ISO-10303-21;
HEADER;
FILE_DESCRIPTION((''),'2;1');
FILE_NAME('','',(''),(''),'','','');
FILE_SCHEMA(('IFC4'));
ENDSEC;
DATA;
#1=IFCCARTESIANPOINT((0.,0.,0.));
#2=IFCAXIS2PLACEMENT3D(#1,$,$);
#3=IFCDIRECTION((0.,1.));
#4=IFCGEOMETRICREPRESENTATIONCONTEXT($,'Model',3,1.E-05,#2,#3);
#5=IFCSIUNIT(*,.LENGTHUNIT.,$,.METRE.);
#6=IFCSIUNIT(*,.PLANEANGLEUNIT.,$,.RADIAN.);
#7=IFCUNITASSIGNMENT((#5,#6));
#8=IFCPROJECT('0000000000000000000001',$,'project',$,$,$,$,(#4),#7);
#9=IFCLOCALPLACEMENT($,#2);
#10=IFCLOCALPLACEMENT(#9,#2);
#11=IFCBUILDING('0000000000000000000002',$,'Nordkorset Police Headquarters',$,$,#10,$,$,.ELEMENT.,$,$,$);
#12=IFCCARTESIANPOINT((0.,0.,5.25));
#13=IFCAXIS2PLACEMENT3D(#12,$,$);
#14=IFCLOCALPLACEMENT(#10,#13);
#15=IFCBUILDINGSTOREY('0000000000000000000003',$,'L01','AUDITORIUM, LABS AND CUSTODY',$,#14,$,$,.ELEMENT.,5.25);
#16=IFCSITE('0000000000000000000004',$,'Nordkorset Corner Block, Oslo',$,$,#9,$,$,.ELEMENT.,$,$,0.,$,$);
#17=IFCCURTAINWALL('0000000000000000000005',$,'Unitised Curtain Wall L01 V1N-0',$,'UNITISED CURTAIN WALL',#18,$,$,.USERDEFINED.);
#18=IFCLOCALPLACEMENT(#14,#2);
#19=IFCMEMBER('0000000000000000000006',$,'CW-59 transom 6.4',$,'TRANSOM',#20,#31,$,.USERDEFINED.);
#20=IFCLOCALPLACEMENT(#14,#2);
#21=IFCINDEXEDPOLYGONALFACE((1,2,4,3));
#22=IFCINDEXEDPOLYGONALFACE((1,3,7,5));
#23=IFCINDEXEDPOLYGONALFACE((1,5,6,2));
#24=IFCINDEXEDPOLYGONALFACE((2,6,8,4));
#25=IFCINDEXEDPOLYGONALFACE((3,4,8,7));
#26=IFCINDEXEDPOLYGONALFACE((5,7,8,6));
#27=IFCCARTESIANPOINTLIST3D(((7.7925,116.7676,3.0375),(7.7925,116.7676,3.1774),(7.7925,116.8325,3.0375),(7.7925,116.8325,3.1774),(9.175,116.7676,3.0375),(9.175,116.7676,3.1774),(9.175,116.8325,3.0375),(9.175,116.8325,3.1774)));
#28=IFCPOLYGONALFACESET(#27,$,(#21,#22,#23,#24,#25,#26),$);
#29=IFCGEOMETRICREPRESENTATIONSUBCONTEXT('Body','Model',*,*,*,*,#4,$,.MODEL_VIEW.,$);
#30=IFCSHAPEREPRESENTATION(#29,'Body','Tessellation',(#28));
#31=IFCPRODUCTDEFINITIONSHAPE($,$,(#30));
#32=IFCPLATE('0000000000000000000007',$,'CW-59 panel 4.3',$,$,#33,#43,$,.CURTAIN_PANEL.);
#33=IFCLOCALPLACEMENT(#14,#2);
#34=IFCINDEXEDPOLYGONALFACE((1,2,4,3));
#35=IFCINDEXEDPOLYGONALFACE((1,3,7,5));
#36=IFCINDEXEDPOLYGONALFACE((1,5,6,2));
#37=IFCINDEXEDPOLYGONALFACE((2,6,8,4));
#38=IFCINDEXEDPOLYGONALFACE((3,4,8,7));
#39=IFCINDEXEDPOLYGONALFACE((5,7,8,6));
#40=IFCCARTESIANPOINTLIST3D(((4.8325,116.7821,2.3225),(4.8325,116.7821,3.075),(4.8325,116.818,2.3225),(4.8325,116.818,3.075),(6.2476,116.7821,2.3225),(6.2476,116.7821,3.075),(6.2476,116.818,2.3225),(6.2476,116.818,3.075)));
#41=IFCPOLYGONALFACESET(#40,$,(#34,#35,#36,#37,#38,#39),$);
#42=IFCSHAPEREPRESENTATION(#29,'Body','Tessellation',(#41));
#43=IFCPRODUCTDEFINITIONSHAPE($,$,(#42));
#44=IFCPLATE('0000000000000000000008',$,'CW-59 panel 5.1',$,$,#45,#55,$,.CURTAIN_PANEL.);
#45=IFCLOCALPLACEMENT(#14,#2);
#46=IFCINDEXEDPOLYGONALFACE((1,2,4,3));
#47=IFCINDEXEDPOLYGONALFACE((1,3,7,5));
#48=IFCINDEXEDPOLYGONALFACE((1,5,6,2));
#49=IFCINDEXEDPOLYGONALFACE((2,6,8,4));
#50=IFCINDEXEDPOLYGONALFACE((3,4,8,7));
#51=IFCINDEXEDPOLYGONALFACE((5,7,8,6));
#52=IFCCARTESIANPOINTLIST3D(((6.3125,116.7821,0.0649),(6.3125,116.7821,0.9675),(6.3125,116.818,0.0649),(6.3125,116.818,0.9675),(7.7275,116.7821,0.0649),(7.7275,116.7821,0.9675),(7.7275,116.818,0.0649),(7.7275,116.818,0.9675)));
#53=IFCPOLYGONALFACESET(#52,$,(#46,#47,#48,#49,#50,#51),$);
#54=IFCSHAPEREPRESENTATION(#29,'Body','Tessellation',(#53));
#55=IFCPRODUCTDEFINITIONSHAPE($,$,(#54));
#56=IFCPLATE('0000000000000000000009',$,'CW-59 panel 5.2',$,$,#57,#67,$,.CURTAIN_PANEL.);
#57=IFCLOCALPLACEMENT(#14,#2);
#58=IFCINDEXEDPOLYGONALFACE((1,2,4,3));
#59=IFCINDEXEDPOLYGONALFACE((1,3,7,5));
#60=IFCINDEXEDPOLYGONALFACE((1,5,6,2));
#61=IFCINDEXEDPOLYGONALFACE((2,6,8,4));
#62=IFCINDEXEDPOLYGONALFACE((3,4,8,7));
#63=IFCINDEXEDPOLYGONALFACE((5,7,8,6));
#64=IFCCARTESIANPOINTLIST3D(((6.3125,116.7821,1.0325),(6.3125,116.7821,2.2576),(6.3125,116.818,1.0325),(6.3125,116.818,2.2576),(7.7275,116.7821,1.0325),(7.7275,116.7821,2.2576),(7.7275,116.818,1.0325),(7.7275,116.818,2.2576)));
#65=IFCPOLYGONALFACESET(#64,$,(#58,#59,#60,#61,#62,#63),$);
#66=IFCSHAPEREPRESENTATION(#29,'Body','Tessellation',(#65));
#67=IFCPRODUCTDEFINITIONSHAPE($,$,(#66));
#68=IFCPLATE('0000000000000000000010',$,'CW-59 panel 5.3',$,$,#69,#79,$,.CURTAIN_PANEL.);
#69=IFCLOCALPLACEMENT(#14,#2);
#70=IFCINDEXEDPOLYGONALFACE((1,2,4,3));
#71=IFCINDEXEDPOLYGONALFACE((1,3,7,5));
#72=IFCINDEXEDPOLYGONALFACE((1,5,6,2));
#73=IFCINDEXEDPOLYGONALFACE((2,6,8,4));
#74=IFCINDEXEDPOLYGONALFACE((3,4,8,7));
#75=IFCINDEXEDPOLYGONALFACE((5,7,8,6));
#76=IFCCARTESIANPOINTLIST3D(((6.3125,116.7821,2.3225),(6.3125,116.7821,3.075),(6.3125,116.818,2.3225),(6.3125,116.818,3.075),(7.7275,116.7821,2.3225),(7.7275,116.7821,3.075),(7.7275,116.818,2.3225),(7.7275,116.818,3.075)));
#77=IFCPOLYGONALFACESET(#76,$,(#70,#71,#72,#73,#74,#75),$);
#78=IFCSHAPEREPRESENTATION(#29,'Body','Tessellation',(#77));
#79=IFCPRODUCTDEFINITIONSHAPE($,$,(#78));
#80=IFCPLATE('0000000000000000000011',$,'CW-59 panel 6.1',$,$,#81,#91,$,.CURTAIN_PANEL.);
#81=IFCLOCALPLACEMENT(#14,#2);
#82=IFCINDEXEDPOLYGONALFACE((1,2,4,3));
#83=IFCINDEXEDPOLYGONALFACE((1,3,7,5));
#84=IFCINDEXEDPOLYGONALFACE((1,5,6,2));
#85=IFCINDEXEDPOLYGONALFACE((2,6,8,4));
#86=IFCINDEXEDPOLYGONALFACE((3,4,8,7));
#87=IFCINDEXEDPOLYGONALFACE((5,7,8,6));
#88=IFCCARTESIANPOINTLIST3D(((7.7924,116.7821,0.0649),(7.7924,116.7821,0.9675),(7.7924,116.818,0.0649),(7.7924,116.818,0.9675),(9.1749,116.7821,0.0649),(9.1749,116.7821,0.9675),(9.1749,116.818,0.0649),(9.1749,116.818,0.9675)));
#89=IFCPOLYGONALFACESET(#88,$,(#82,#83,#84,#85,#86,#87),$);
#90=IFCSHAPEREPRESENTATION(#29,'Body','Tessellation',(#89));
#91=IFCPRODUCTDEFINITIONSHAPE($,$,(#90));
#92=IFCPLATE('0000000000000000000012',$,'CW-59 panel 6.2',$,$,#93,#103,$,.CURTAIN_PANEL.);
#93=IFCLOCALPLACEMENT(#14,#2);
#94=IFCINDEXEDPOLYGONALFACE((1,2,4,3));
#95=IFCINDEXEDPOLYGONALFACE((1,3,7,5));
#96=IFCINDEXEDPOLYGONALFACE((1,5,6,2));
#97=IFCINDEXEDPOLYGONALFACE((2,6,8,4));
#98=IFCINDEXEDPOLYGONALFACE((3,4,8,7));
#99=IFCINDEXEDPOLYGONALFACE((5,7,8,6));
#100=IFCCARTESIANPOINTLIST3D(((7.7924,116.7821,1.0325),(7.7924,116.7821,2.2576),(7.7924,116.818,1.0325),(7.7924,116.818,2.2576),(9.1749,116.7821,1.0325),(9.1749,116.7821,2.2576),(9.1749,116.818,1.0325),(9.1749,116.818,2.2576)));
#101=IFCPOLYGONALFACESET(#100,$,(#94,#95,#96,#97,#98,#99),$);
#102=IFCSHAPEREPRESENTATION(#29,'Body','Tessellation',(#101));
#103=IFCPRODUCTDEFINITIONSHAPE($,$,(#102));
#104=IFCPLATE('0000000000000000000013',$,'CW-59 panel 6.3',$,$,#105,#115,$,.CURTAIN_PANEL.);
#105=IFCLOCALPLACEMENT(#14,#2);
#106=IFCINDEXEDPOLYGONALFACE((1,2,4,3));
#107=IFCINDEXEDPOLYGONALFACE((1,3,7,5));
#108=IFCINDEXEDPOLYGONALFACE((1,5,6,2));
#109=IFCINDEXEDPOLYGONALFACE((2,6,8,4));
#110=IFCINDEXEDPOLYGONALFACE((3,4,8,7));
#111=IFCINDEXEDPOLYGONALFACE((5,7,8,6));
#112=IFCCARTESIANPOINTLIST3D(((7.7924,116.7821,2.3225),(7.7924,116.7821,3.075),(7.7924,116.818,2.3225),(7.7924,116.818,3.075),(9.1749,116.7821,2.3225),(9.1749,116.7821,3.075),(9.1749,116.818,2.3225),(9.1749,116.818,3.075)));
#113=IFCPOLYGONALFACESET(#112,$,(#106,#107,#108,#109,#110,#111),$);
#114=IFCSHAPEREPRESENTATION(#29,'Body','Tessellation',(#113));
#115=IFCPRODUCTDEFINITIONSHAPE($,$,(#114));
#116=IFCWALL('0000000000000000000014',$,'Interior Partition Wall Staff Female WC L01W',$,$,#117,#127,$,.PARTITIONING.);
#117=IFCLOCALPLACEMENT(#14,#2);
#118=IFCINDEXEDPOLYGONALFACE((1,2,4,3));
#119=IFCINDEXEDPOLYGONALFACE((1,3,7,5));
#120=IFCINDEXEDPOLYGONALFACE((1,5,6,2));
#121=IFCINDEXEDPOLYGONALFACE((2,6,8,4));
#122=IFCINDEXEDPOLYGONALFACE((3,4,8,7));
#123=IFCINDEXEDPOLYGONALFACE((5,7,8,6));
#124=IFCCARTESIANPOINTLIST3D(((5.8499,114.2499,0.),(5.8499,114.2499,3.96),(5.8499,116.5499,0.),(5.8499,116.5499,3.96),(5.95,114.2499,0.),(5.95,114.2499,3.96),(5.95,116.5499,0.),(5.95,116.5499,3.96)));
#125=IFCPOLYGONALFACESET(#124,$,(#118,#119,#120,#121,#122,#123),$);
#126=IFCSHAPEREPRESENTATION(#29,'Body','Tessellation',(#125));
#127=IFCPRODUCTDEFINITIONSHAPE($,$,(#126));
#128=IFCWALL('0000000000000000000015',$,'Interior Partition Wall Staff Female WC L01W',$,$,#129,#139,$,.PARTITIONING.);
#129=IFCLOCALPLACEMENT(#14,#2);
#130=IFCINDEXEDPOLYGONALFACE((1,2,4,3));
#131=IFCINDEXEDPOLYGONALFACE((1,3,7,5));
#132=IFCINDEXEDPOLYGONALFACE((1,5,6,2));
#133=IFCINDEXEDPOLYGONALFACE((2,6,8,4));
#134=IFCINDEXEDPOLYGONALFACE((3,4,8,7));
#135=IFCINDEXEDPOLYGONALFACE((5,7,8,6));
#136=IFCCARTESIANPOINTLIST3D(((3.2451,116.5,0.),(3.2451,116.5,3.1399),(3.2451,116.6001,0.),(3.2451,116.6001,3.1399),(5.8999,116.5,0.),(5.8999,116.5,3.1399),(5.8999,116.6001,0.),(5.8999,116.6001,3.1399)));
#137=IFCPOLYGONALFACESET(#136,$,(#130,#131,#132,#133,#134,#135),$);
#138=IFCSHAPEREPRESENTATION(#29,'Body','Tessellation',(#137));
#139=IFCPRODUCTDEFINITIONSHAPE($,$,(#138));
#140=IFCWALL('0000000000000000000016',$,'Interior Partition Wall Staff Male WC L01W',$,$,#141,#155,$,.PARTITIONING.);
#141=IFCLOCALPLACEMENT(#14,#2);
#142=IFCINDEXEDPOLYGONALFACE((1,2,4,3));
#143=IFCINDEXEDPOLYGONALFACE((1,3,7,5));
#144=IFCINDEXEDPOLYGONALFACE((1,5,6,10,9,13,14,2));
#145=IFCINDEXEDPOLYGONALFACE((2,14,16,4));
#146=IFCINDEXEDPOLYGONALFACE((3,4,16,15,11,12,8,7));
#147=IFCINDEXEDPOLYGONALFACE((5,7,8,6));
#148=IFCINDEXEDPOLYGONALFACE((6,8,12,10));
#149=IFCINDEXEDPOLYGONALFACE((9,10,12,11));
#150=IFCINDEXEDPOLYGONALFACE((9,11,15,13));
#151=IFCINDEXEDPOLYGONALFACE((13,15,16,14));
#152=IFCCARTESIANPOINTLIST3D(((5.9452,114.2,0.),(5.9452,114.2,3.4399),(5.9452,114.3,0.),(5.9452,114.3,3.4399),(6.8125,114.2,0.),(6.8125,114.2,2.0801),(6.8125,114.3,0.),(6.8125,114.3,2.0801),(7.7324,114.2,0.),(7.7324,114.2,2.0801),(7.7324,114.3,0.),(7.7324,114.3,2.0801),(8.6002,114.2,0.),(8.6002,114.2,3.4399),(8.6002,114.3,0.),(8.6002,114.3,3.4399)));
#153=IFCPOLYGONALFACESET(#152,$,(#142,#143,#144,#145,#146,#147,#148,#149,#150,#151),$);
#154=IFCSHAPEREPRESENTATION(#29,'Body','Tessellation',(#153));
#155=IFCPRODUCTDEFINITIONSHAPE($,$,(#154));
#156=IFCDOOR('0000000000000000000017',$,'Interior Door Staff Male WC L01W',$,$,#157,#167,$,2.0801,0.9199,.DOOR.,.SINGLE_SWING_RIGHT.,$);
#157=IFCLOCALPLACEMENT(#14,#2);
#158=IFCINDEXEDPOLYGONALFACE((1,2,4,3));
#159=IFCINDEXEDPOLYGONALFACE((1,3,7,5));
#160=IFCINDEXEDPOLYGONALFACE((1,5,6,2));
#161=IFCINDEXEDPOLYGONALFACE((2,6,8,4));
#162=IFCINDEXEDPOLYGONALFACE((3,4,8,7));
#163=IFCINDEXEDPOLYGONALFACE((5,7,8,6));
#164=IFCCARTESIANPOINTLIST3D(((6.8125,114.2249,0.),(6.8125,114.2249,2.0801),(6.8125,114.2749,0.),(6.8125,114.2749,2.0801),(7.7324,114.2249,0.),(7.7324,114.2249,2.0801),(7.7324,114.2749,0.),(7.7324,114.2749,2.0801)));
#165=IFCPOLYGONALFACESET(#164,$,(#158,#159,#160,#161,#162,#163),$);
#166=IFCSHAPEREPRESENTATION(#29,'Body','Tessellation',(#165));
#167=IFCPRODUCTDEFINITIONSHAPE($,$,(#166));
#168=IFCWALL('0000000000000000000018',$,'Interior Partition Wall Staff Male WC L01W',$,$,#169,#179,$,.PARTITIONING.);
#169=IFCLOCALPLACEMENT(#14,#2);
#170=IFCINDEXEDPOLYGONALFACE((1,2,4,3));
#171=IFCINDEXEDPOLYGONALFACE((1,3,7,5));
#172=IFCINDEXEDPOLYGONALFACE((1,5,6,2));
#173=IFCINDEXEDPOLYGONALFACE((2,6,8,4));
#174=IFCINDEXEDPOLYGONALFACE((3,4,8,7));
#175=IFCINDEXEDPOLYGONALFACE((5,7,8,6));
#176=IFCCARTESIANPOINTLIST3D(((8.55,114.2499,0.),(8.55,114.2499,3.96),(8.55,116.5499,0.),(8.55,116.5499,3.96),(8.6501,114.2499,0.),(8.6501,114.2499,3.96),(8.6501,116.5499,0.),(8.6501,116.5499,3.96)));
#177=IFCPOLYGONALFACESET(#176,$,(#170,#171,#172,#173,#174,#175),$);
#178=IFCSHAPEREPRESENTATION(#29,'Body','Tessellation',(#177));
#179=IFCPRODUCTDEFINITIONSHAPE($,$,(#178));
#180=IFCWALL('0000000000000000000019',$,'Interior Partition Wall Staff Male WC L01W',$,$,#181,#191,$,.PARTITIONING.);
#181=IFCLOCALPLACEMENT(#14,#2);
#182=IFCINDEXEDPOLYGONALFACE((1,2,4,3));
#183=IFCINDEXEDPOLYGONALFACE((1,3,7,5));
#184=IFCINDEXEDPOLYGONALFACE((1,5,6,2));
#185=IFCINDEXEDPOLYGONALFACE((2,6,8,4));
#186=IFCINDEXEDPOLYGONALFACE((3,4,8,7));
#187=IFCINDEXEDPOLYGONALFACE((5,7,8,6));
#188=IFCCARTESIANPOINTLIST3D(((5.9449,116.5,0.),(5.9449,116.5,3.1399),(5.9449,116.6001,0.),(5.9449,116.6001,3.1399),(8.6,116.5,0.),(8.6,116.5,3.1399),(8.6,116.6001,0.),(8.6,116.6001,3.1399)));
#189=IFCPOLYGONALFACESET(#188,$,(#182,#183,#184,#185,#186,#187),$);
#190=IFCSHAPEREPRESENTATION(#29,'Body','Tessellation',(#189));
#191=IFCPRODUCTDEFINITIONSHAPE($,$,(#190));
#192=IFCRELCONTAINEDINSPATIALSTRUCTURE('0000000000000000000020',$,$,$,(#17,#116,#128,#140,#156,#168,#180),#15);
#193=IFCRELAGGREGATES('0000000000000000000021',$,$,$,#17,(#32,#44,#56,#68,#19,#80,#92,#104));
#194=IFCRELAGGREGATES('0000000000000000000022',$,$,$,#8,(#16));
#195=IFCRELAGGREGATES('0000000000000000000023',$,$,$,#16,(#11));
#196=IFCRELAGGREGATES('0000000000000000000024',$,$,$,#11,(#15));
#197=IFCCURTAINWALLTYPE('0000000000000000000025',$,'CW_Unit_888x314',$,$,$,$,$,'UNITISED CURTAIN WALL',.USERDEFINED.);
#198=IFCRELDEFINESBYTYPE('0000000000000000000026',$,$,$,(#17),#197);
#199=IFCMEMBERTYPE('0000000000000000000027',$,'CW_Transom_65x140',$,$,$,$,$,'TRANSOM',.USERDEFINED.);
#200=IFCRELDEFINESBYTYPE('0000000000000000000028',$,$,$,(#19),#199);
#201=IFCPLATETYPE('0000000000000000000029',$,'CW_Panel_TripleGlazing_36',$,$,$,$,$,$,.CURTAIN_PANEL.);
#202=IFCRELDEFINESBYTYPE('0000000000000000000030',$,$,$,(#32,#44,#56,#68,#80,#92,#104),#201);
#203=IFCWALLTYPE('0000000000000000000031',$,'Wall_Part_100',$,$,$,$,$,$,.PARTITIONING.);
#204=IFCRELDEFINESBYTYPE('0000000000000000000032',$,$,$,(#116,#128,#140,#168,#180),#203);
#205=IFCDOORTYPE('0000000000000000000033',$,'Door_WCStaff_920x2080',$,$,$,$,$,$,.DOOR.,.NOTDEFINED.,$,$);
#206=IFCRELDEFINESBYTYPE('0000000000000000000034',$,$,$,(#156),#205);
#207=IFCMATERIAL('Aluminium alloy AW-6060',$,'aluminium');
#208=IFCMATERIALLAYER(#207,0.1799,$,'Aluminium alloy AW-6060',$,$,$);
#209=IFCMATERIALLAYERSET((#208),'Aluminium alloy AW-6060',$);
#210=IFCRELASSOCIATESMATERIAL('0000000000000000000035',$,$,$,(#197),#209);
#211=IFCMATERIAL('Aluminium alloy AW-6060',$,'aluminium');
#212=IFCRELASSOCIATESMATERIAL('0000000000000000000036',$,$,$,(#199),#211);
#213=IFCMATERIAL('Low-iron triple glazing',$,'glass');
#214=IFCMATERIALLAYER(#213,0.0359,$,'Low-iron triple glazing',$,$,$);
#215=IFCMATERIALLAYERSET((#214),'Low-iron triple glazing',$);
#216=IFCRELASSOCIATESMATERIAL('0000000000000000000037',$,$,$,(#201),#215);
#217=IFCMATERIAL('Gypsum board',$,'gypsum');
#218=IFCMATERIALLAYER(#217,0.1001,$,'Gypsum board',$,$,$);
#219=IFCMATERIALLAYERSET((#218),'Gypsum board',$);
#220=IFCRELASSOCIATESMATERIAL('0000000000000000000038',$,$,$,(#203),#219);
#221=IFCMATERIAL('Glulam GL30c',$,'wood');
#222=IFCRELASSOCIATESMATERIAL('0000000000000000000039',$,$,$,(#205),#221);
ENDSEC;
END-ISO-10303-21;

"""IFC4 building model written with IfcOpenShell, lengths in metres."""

from ifc_helpers import new_model, si_unit, direction, frame, frame_2d, origin, origin_2d, place, context, subcontext, project, spatial, rectangle, extrude, material, layer, layer_set, material_profile, profile_set, type_object, element, fill, aggregate, save


model = new_model("IFC4")

# Units and contexts
model_context = context("Model", 3, precision=1e-05, world=origin(), true_north=direction((0.0, 1.0)))
body_context = subcontext(model_context, "Body", "Model", "MODEL_VIEW")
ifc_project = project(units=[si_unit("LENGTHUNIT", "METRE"), si_unit("PLANEANGLEUNIT", "RADIAN")], contexts=[model_context])

# Site, building, storey
site_placement = place(None, origin())
site = spatial("IfcSite", under=ifc_project, at=site_placement, Name="Nordkorset Corner Block, Oslo", CompositionType="ELEMENT", RefElevation=0.0)
building_placement = place(site_placement, origin())
building = spatial("IfcBuilding", under=site, at=building_placement, Name="Nordkorset Police Headquarters", CompositionType="ELEMENT")
storey_placement = place(building_placement, frame((0.0, 0.0, 5.25)))
storey = spatial("IfcBuildingStorey", under=building, at=storey_placement, Name="L01", Description="AUDITORIUM, LABS AND CUSTODY", CompositionType="ELEMENT", Elevation=5.25)

# Curtain wall
ifc_material_1 = material(Name="Aluminium alloy AW-6060", Category="aluminium")
ifc_layer_1 = layer(ifc_material_1, 0.1799, Name="Aluminium alloy AW-6060")
ifc_layer_set_1 = layer_set([ifc_layer_1], Name="Aluminium alloy AW-6060")
curtain_wall_type = type_object("IfcCurtainWallType", Name="CW_Unit_888x314", ElementType="UNITISED CURTAIN WALL", PredefinedType="USERDEFINED", material=ifc_layer_set_1)
curtain_wall_1_placement = place(storey_placement, origin())
curtain_wall_1 = element("IfcCurtainWall", 1, at=curtain_wall_1_placement, inside=storey, type_object=curtain_wall_type, Name="Unitised Curtain Wall L01 V1N-0", ObjectType="UNITISED CURTAIN WALL", PredefinedType="USERDEFINED")

# Member
ifc_material_2 = material(Name="Aluminium alloy AW-6060", Category="aluminium")
ifc_material_profile_1 = material_profile(ifc_material_2, rectangle(XDim=0.0649, YDim=0.1399, at=origin_2d()), Name="ALU TRAN 65x140")
ifc_profile_set_1 = profile_set([ifc_material_profile_1], Name="Aluminium alloy AW-6060")
member_type_1 = type_object("IfcMemberType", Name="CW_Transom_65x140", ElementType="TRANSOM", PredefinedType="USERDEFINED", material=ifc_profile_set_1)
member_1_placement = place(storey_placement, frame((7.7925, 116.8, 3.1074), z_axis=(1.0, 0.0, 0.0), x_axis=(0.0, 1.0, 0.0)))
member_1 = element("IfcMember", 2, at=member_1_placement, type_object=member_type_1, Name="CW-59 transom 6.4", ObjectType="TRANSOM", PredefinedType="USERDEFINED", context=body_context, shape_type="SweptSolid", body=[
    extrude(rectangle(XDim=0.0649, YDim=0.1399, at=origin_2d()), origin(), (0.0, 0.0, 1.0), 1.3826),
])

# Plates
ifc_material_3 = material(Name="Low-iron triple glazing", Category="glass")
ifc_layer_2 = layer(ifc_material_3, 0.0359, Name="Low-iron triple glazing")
ifc_layer_set_2 = layer_set([ifc_layer_2], Name="Low-iron triple glazing")
plate_type = type_object("IfcPlateType", Name="CW_Panel_TripleGlazing_36", PredefinedType="CURTAIN_PANEL", material=ifc_layer_set_2)
plate_1_placement = place(storey_placement, frame((5.54, 116.8, 2.3225), z_axis=(0.0, 0.0, 1.0), x_axis=(1.0, 0.0, 0.0)))
plate_1 = element("IfcPlate", 3, at=plate_1_placement, type_object=plate_type, Name="CW-59 panel 4.3", PredefinedType="CURTAIN_PANEL", context=body_context, shape_type="SweptSolid", body=[
    extrude(rectangle(XDim=1.415, YDim=0.0359, at=origin_2d()), origin(), (0.0, 0.0, 1.0), 0.7524),
])
plate_2_placement = place(storey_placement, frame((7.02, 116.8, 0.0649), z_axis=(0.0, 0.0, 1.0), x_axis=(1.0, 0.0, 0.0)))
plate_2 = element("IfcPlate", 4, at=plate_2_placement, type_object=plate_type, Name="CW-59 panel 5.1", PredefinedType="CURTAIN_PANEL", context=body_context, shape_type="SweptSolid", body=[
    extrude(rectangle(XDim=1.415, YDim=0.0359, at=origin_2d()), origin(), (0.0, 0.0, 1.0), 0.9026),
])
plate_3_placement = place(storey_placement, frame((7.02, 116.8, 1.0325), z_axis=(0.0, 0.0, 1.0), x_axis=(1.0, 0.0, 0.0)))
plate_3 = element("IfcPlate", 5, at=plate_3_placement, type_object=plate_type, Name="CW-59 panel 5.2", PredefinedType="CURTAIN_PANEL", context=body_context, shape_type="SweptSolid", body=[
    extrude(rectangle(XDim=1.415, YDim=0.0359, at=origin_2d()), origin(), (0.0, 0.0, 1.0), 1.2251),
])
plate_4_placement = place(storey_placement, frame((7.02, 116.8, 2.3225), z_axis=(0.0, 0.0, 1.0), x_axis=(1.0, 0.0, 0.0)))
plate_4 = element("IfcPlate", 6, at=plate_4_placement, type_object=plate_type, Name="CW-59 panel 5.3", PredefinedType="CURTAIN_PANEL", context=body_context, shape_type="SweptSolid", body=[
    extrude(rectangle(XDim=1.415, YDim=0.0359, at=origin_2d()), origin(), (0.0, 0.0, 1.0), 0.7524),
])
plate_5_placement = place(storey_placement, frame((8.4836, 116.8, 0.0649), z_axis=(0.0, 0.0, 1.0), x_axis=(1.0, 0.0, 0.0)))
plate_5 = element("IfcPlate", 7, at=plate_5_placement, type_object=plate_type, Name="CW-59 panel 6.1", PredefinedType="CURTAIN_PANEL", context=body_context, shape_type="SweptSolid", body=[
    extrude(rectangle(XDim=1.3826, YDim=0.0359, at=origin_2d()), origin(), (0.0, 0.0, 1.0), 0.9026),
])
plate_6_placement = place(storey_placement, frame((8.4836, 116.8, 1.0325), z_axis=(0.0, 0.0, 1.0), x_axis=(1.0, 0.0, 0.0)))
plate_6 = element("IfcPlate", 8, at=plate_6_placement, type_object=plate_type, Name="CW-59 panel 6.2", PredefinedType="CURTAIN_PANEL", context=body_context, shape_type="SweptSolid", body=[
    extrude(rectangle(XDim=1.3826, YDim=0.0359, at=origin_2d()), origin(), (0.0, 0.0, 1.0), 1.2251),
])
plate_7_placement = place(storey_placement, frame((8.4836, 116.8, 2.3225), z_axis=(0.0, 0.0, 1.0), x_axis=(1.0, 0.0, 0.0)))
plate_7 = element("IfcPlate", 9, at=plate_7_placement, type_object=plate_type, Name="CW-59 panel 6.3", PredefinedType="CURTAIN_PANEL", context=body_context, shape_type="SweptSolid", body=[
    extrude(rectangle(XDim=1.3826, YDim=0.0359, at=origin_2d()), origin(), (0.0, 0.0, 1.0), 0.7524),
])
aggregate(curtain_wall_1, [plate_1, plate_2, plate_3, plate_4, member_1, plate_5, plate_6, plate_7])

# Walls
ifc_material_4 = material(Name="Gypsum board", Category="gypsum")
ifc_layer_3 = layer(ifc_material_4, 0.1001, Name="Gypsum board")
ifc_layer_set_3 = layer_set([ifc_layer_3], Name="Gypsum board")
wall_type = type_object("IfcWallType", Name="Wall_Part_100", PredefinedType="PARTITIONING", material=ifc_layer_set_3)
wall_1_placement = place(storey_placement, frame((5.8999, 114.25, 0.0), z_axis=(0.0, 0.0, 1.0), x_axis=(0.0, 1.0, 0.0)))
element("IfcWall", 10, at=wall_1_placement, inside=storey, type_object=wall_type, Name="Interior Partition Wall Staff Female WC L01W", PredefinedType="PARTITIONING", context=body_context, shape_type="SweptSolid", body=[
    extrude(rectangle(XDim=2.3, YDim=0.1001, at=frame_2d((1.1499, 0.0))), origin(), (0.0, 0.0, 1.0), 3.96),
])
wall_2_placement = place(storey_placement, frame((5.8999, 116.55, 0.0), z_axis=(0.0, 0.0, 1.0), x_axis=(-1.0, 0.0, 0.0)))
element("IfcWall", 11, at=wall_2_placement, inside=storey, type_object=wall_type, Name="Interior Partition Wall Staff Female WC L01W", PredefinedType="PARTITIONING", context=body_context, shape_type="SweptSolid", body=[
    extrude(rectangle(XDim=2.6548, YDim=0.1001, at=frame_2d((1.3274, 0.0))), origin(), (0.0, 0.0, 1.0), 3.1399),
])

# Wall, opening, door
wall_3_placement = place(storey_placement, frame((5.9451, 114.25, 0.0), z_axis=(0.0, 0.0, 1.0), x_axis=(1.0, 0.0, 0.0)))
wall_3 = element("IfcWall", 12, at=wall_3_placement, inside=storey, type_object=wall_type, Name="Interior Partition Wall Staff Male WC L01W", PredefinedType="PARTITIONING", context=body_context, shape_type="SweptSolid", body=[
    extrude(rectangle(XDim=2.655, YDim=0.1001, at=frame_2d((1.3276, 0.0))), origin(), (0.0, 0.0, 1.0), 3.4399),
])
opening_placement = place(wall_3_placement, frame((0.8674, 0.0, 0.0)))
opening = element("IfcOpeningElement", 13, at=opening_placement, cuts=wall_3, PredefinedType="OPENING", context=body_context, shape_type="SweptSolid", body=[
    extrude(rectangle(XDim=0.9199, YDim=2.0801, at=frame_2d((0.46, 1.04))), frame((0.0, 0.0601, 0.0), z_axis=(0.0, -1.0, 0.0), x_axis=(1.0, 0.0, 0.0)), (0.0, 0.0, 1.0), 0.1201),
])
ifc_material_5 = material(Name="Glulam GL30c", Category="wood")
door_type = type_object("IfcDoorType", Name="Door_WCStaff_920x2080", OperationType="NOTDEFINED", PredefinedType="DOOR", material=ifc_material_5)
door_placement = place(opening_placement, origin())
door = element("IfcDoor", 14, at=door_placement, inside=storey, type_object=door_type, Name="Interior Door Staff Male WC L01W", OperationType="SINGLE_SWING_RIGHT", OverallHeight=2.0801, OverallWidth=0.9199, PredefinedType="DOOR", context=body_context, shape_type="SweptSolid", body=[
    extrude(rectangle(XDim=0.9199, YDim=2.0801, at=frame_2d((0.46, 1.04))), frame((0.0, 0.0249, 0.0), z_axis=(0.0, -1.0, 0.0), x_axis=(1.0, 0.0, 0.0)), (0.0, 0.0, 1.0), 0.05),
])
fill(opening, door)

# Walls
wall_4_placement = place(storey_placement, frame((8.6001, 114.25, 0.0), z_axis=(0.0, 0.0, 1.0), x_axis=(0.0, 1.0, 0.0)))
element("IfcWall", 15, at=wall_4_placement, inside=storey, type_object=wall_type, Name="Interior Partition Wall Staff Male WC L01W", PredefinedType="PARTITIONING", context=body_context, shape_type="SweptSolid", body=[
    extrude(rectangle(XDim=2.3, YDim=0.1001, at=frame_2d((1.1499, 0.0))), origin(), (0.0, 0.0, 1.0), 3.96),
])
wall_5_placement = place(storey_placement, frame((8.6001, 116.55, 0.0), z_axis=(0.0, 0.0, 1.0), x_axis=(-1.0, 0.0, 0.0)))
element("IfcWall", 16, at=wall_5_placement, inside=storey, type_object=wall_type, Name="Interior Partition Wall Staff Male WC L01W", PredefinedType="PARTITIONING", context=body_context, shape_type="SweptSolid", body=[
    extrude(rectangle(XDim=2.655, YDim=0.1001, at=frame_2d((1.3276, 0.0))), origin(), (0.0, 0.0, 1.0), 3.1399),
])

save(model, "model.ifc")
